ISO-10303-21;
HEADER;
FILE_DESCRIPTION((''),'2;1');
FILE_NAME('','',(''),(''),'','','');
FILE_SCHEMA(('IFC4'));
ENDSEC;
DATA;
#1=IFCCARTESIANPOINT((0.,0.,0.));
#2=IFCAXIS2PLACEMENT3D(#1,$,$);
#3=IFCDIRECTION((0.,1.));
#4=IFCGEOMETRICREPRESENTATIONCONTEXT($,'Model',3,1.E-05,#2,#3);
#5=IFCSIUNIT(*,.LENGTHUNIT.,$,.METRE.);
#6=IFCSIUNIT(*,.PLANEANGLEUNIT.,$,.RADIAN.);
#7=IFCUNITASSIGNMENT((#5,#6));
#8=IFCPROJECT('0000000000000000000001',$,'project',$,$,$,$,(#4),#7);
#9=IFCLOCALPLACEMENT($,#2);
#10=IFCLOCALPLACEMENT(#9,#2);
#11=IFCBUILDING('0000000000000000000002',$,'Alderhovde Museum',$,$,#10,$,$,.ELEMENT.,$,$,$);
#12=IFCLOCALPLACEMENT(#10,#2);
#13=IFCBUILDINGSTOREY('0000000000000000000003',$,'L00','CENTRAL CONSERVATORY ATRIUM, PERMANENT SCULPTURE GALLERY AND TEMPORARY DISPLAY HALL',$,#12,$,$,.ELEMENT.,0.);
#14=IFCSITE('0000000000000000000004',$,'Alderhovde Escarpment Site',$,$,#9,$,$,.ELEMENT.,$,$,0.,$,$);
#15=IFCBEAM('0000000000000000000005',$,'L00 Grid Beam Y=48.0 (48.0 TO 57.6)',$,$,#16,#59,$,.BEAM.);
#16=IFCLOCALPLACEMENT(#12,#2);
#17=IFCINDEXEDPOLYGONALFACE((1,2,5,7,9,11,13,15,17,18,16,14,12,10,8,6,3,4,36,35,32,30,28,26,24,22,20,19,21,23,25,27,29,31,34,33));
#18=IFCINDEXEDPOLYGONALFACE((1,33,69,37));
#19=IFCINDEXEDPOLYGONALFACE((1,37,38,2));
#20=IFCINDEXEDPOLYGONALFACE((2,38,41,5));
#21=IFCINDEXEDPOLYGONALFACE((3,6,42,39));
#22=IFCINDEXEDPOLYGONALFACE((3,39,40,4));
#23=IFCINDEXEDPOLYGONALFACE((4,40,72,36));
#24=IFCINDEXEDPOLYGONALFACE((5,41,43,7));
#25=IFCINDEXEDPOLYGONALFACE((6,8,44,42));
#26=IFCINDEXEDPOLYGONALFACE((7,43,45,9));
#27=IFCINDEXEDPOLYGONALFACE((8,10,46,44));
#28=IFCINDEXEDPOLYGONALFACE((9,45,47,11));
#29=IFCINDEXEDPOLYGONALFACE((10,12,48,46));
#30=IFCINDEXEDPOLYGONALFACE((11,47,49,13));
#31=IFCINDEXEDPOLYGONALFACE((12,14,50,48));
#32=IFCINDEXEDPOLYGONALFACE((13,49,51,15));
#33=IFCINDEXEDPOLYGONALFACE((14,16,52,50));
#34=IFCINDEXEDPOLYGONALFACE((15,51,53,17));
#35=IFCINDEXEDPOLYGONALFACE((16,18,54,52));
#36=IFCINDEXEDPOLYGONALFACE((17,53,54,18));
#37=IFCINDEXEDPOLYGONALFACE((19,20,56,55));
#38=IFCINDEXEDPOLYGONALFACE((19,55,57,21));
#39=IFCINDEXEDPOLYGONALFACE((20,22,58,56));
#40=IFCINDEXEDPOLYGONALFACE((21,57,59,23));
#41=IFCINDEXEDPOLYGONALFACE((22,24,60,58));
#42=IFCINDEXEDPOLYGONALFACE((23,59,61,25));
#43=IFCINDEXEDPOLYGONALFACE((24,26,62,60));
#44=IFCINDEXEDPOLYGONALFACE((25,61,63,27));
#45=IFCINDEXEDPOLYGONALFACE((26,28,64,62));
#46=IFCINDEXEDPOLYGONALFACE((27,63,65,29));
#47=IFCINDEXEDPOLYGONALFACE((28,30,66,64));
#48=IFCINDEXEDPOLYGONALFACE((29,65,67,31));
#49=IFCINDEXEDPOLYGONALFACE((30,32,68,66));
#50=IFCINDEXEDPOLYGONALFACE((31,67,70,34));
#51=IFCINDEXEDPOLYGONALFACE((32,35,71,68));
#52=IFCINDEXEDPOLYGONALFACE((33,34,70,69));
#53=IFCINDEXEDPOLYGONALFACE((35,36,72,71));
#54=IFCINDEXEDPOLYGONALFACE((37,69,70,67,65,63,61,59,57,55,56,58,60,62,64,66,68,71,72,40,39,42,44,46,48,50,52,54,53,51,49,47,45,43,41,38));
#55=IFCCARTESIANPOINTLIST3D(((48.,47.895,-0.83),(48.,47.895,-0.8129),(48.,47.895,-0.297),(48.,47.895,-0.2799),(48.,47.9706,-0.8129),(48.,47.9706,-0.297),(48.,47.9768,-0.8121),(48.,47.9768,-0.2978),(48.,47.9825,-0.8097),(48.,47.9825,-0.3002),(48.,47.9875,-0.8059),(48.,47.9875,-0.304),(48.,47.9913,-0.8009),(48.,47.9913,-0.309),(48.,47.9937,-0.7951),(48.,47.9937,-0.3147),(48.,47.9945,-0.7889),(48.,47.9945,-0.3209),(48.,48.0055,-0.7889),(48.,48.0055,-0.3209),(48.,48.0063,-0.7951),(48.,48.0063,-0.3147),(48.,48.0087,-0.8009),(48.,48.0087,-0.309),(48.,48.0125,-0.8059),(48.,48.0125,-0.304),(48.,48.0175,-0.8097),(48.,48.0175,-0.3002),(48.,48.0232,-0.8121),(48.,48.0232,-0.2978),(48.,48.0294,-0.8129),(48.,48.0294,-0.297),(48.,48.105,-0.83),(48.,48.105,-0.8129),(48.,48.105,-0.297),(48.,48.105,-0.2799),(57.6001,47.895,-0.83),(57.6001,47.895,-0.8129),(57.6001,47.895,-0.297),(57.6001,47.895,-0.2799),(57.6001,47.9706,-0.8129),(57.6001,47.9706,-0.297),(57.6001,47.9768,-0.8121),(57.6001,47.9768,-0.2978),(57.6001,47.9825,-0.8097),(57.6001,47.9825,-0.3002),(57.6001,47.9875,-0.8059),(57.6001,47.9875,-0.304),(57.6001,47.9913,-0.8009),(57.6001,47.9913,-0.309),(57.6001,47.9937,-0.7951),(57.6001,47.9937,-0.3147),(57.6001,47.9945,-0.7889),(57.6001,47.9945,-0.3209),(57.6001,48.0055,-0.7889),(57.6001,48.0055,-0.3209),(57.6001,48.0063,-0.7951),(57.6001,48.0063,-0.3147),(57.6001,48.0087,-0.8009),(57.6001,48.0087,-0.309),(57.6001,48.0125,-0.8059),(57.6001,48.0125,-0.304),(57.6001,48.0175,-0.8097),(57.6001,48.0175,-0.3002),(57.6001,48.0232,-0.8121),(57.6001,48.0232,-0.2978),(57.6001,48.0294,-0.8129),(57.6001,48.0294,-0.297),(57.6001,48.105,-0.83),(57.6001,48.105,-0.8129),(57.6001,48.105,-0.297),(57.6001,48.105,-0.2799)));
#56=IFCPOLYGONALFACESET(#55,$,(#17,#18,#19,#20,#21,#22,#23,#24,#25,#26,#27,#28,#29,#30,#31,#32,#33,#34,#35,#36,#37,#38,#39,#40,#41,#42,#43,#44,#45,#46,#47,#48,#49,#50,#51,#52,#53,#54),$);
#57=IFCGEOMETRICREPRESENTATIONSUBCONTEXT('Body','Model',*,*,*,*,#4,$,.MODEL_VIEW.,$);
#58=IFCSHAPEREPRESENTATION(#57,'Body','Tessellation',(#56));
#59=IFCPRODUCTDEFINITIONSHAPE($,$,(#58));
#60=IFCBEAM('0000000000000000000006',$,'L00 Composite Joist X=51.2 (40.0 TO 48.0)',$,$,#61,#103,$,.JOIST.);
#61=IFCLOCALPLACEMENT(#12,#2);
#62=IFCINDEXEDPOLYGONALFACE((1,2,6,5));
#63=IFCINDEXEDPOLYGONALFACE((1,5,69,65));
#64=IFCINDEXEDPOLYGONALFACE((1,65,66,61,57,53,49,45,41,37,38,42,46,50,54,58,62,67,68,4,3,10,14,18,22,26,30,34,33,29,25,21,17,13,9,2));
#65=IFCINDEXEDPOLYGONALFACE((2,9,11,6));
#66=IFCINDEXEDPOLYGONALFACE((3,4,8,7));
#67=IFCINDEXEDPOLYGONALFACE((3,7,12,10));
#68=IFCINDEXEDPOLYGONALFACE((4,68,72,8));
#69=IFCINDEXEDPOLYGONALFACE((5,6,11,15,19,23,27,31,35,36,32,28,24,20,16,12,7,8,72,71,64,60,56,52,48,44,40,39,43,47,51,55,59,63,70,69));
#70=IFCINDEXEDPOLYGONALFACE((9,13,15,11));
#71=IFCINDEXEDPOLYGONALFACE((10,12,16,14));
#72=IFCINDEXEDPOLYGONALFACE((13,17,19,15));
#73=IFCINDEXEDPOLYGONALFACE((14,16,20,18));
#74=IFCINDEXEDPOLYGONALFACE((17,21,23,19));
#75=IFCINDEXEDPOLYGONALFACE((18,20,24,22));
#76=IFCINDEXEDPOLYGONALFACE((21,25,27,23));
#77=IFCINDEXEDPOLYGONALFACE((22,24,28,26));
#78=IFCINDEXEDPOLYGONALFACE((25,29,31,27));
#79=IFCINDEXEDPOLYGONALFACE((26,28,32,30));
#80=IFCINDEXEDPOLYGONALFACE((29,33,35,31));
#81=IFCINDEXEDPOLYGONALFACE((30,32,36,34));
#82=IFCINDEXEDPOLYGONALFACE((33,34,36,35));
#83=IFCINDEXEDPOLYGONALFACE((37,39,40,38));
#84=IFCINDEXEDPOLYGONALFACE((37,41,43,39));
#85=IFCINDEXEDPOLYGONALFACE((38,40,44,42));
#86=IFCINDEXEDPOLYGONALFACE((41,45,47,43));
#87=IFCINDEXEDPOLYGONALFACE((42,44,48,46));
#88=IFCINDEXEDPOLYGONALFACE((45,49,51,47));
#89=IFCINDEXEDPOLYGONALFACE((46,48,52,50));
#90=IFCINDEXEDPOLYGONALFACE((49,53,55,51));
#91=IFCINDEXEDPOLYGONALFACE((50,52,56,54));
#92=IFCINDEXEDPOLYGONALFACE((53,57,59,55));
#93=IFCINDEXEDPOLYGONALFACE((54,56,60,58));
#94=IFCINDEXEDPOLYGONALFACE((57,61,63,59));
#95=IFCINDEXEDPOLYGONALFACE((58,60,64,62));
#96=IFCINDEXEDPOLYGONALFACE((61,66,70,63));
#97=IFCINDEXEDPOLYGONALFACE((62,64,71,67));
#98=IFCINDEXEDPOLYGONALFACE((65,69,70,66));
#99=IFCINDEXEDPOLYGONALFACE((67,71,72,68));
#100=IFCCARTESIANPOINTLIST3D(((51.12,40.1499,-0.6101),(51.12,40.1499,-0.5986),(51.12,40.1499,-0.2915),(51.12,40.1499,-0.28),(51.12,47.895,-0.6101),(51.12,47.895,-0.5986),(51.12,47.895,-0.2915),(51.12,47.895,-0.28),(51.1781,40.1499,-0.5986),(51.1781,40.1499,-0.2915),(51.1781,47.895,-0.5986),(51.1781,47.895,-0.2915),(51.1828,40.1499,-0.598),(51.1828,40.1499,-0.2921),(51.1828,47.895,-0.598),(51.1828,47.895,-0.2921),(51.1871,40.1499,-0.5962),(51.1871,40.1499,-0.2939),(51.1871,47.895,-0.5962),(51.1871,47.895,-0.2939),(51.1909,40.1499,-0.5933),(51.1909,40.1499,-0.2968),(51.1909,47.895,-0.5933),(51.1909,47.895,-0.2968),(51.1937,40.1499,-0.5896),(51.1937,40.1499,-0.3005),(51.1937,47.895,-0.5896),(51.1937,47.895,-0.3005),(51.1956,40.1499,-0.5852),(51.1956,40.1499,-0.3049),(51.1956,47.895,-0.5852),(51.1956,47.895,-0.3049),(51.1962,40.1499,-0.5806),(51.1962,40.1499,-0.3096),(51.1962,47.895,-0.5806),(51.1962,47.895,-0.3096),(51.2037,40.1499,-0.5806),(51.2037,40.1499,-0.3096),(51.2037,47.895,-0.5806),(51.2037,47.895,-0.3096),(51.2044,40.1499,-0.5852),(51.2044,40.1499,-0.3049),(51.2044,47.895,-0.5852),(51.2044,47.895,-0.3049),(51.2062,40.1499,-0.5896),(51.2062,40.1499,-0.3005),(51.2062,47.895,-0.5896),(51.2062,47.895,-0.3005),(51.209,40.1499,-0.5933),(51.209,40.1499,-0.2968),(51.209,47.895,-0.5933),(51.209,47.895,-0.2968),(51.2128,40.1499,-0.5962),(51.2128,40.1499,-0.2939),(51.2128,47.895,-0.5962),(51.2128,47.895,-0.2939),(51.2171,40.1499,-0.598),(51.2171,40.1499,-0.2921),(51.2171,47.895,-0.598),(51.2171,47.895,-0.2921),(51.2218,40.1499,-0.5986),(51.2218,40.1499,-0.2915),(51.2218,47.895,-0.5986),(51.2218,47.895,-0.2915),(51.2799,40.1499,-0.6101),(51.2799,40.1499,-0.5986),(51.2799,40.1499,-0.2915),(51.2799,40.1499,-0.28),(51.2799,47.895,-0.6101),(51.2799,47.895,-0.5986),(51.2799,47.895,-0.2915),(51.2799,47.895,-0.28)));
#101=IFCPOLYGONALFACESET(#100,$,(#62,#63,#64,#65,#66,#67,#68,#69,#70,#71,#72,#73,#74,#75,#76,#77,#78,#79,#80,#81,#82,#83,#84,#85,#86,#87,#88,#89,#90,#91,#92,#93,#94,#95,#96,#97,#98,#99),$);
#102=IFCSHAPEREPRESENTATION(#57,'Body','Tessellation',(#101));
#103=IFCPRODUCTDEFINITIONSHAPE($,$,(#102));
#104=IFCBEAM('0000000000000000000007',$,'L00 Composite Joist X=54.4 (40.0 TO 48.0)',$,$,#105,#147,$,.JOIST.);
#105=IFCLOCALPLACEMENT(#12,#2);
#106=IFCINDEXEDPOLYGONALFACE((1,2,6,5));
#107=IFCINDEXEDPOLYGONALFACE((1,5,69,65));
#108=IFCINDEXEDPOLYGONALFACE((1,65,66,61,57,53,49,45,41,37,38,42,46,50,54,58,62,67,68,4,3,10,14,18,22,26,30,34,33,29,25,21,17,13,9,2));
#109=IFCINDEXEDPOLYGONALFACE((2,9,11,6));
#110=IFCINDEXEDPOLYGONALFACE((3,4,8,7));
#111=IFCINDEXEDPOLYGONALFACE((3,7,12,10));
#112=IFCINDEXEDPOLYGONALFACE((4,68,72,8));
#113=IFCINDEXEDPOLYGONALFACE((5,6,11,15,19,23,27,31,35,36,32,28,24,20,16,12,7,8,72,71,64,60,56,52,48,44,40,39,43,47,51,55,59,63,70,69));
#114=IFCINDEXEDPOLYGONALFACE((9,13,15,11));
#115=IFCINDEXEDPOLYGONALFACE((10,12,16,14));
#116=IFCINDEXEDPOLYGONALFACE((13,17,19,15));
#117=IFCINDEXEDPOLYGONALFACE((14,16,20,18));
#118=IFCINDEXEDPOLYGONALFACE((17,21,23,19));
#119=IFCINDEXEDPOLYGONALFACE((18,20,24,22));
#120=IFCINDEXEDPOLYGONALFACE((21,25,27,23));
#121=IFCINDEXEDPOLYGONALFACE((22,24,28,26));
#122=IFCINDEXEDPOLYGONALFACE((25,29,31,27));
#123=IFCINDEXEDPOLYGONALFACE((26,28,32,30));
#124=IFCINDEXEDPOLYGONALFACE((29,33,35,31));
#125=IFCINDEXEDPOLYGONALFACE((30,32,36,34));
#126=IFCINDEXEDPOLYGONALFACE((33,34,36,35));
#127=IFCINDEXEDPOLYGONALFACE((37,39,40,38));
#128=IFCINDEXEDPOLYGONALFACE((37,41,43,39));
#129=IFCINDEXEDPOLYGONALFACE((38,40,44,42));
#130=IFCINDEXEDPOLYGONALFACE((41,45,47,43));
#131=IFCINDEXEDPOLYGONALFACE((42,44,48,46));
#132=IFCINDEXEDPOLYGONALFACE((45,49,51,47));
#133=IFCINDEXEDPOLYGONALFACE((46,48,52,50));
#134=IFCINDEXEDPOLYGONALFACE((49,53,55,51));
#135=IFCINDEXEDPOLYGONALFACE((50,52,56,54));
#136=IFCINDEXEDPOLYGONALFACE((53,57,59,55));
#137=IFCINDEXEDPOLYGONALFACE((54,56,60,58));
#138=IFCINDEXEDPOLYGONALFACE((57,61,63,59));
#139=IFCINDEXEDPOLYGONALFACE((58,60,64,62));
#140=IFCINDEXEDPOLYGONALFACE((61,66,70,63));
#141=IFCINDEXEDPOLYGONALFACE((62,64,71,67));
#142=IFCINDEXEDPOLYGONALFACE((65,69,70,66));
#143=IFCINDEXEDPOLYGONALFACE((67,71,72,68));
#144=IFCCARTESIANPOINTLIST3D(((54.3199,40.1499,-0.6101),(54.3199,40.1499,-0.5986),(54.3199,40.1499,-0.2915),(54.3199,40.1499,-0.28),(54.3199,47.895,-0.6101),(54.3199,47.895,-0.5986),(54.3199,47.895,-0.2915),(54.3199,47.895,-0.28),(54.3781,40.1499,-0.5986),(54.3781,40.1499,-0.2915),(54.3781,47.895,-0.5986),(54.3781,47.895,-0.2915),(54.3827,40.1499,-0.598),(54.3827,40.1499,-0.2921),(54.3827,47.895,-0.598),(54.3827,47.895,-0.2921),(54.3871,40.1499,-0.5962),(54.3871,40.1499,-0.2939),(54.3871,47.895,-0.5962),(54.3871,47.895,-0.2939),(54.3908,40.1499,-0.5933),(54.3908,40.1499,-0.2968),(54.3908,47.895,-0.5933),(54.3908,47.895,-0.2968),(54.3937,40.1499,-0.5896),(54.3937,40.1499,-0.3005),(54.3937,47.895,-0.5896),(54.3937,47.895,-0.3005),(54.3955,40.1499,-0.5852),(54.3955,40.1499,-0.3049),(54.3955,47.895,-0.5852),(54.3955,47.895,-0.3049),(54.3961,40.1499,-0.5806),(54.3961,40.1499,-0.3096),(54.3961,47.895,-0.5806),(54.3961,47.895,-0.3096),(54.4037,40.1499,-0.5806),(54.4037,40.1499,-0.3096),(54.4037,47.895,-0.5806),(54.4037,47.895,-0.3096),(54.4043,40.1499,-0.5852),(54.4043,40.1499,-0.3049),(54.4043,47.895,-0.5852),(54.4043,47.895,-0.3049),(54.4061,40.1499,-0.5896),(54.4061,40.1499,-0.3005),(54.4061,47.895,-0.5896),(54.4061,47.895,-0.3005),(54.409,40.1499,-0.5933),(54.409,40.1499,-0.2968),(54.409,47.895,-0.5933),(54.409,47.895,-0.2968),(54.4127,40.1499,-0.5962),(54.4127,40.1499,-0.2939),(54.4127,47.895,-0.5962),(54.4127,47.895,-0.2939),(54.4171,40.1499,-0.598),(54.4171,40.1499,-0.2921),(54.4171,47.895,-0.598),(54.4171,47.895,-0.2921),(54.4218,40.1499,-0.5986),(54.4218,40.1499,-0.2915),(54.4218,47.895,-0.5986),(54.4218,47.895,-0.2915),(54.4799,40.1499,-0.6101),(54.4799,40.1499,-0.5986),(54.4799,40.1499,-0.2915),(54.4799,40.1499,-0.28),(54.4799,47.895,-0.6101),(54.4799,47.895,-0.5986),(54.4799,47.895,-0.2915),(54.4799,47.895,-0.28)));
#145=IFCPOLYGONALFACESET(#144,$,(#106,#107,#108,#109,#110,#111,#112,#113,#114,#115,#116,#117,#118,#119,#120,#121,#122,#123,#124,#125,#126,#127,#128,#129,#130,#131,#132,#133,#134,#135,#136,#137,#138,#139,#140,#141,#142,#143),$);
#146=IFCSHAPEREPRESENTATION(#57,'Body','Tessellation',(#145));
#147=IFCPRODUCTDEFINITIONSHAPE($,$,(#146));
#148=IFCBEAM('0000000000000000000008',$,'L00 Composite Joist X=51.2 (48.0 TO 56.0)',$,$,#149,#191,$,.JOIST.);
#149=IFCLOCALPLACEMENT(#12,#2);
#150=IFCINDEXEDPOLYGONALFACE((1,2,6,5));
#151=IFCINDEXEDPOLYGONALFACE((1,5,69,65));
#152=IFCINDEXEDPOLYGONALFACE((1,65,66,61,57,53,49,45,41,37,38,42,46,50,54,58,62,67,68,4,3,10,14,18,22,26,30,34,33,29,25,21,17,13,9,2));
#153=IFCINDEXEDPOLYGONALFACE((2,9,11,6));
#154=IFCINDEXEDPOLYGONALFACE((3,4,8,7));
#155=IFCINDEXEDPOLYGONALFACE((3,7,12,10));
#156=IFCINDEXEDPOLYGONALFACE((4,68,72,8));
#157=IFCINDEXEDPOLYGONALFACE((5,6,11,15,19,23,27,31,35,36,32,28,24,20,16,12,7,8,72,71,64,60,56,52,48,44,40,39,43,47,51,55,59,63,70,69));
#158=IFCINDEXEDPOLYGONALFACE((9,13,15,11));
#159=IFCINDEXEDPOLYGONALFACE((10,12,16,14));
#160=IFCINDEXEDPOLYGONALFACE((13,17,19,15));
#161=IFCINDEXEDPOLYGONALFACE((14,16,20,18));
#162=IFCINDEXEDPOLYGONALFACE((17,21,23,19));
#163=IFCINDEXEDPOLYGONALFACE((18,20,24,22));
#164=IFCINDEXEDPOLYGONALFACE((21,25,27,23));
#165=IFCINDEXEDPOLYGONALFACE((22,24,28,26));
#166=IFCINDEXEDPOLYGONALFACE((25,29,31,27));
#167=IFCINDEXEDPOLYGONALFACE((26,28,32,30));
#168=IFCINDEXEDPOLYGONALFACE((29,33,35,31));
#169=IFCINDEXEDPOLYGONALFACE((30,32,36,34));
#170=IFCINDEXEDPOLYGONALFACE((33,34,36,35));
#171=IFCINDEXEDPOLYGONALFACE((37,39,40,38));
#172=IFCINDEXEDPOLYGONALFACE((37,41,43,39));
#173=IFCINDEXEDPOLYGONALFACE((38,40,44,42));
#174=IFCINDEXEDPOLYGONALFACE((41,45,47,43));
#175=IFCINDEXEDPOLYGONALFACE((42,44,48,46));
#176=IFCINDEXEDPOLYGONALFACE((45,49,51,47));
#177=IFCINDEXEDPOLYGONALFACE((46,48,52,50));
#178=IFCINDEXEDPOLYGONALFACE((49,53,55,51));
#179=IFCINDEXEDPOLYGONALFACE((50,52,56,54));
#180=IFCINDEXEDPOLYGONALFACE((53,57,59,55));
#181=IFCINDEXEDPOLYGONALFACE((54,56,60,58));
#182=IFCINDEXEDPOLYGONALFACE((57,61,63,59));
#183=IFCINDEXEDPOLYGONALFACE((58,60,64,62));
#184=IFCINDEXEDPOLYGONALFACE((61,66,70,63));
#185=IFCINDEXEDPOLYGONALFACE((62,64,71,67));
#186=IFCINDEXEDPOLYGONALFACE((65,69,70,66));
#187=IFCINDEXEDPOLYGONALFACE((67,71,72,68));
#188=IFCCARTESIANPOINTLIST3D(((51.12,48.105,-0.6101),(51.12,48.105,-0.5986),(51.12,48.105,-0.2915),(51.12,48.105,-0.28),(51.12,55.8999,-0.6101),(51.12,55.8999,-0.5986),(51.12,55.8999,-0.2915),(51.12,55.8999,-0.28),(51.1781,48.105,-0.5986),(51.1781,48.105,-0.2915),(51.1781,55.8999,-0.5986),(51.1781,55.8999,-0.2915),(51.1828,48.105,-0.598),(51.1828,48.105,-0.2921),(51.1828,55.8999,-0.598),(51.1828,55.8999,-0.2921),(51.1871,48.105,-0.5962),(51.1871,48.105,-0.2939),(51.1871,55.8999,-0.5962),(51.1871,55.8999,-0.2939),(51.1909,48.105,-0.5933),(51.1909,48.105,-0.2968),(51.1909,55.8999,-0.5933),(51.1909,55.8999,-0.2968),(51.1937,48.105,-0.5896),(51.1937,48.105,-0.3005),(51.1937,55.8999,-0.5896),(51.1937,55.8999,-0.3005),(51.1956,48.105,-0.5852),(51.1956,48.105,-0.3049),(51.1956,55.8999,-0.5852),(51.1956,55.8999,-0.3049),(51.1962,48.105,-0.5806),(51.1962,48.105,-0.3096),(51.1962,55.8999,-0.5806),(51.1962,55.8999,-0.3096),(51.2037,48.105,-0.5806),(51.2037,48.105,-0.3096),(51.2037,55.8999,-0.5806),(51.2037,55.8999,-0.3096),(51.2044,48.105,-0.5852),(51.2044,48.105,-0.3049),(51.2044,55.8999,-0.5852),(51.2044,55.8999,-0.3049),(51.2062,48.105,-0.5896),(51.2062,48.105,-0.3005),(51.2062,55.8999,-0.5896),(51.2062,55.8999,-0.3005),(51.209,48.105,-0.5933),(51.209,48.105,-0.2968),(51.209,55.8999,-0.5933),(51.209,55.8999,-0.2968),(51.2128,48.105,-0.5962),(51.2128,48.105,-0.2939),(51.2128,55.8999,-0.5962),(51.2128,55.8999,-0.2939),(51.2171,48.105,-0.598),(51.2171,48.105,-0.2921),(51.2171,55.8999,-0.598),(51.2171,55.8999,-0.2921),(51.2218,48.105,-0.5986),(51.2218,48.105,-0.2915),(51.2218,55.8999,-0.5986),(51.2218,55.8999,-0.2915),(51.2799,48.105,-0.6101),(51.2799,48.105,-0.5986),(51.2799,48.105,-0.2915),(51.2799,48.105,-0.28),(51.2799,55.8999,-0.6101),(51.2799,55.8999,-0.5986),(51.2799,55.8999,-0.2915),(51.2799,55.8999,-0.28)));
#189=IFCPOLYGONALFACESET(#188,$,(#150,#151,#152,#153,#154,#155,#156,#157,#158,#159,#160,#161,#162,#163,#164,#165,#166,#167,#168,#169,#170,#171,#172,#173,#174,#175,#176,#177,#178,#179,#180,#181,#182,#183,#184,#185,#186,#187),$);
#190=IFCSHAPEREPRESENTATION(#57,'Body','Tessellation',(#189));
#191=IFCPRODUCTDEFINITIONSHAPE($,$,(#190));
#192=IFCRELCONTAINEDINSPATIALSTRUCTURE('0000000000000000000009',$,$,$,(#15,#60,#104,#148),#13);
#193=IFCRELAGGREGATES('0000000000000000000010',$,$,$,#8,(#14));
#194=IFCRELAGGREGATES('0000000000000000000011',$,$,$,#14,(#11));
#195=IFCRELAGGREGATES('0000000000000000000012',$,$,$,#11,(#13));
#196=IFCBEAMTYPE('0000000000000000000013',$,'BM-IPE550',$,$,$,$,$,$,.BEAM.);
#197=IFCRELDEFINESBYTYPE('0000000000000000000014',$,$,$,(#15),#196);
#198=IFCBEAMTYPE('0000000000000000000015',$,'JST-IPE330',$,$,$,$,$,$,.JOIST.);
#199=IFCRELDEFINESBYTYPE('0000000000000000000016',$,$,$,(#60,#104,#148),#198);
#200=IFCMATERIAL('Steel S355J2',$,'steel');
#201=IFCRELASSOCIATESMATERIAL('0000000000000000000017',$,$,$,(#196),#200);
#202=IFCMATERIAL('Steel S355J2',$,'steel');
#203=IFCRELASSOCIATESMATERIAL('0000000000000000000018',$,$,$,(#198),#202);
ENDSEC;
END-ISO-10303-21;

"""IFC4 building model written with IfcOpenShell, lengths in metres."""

from ifc_helpers import new_model, si_unit, direction, frame, origin, origin_2d, place, context, subcontext, project, spatial, i_section, extrude, material, material_profile, profile_set, type_object, element, save


model = new_model("IFC4")

# Units and contexts
model_context = context("Model", 3, precision=1e-05, world=origin(), true_north=direction((0.0, 1.0)))
body_context = subcontext(model_context, "Body", "Model", "MODEL_VIEW")
ifc_project = project(units=[si_unit("LENGTHUNIT", "METRE"), si_unit("PLANEANGLEUNIT", "RADIAN")], contexts=[model_context])

# Site, building, storey
site_placement = place(None, origin())
site = spatial("IfcSite", under=ifc_project, at=site_placement, Name="Alderhovde Escarpment Site", CompositionType="ELEMENT", RefElevation=0.0)
building_placement = place(site_placement, origin())
building = spatial("IfcBuilding", under=site, at=building_placement, Name="Alderhovde Museum", CompositionType="ELEMENT")
storey_placement = place(building_placement, origin())
storey = spatial("IfcBuildingStorey", under=building, at=storey_placement, Name="L00", Description="CENTRAL CONSERVATORY ATRIUM, PERMANENT SCULPTURE GALLERY AND TEMPORARY DISPLAY HALL", CompositionType="ELEMENT", Elevation=0.0)

# Beams
ifc_material_1 = material(Name="Steel S355J2", Category="steel")
ifc_material_profile_1 = material_profile(ifc_material_1, i_section(OverallWidth=0.21, OverallDepth=0.55, WebThickness=0.011, FlangeThickness=0.0171, FilletRadius=0.0239, at=origin_2d()), Name="IPE 550")
ifc_profile_set_1 = profile_set([ifc_material_profile_1], Name="Steel S355J2")
beam_type_1 = type_object("IfcBeamType", Name="BM-IPE550", PredefinedType="BEAM", material=ifc_profile_set_1)
beam_1_placement = place(storey_placement, frame((48.0, 48.0, -0.5549), z_axis=(1.0, 0.0, 0.0), x_axis=(0.0, 1.0, 0.0)))
element("IfcBeam", 1, at=beam_1_placement, inside=storey, type_object=beam_type_1, Name="L00 Grid Beam Y=48.0 (48.0 TO 57.6)", PredefinedType="BEAM", context=body_context, shape_type="SweptSolid", body=[
    extrude(i_section(OverallWidth=0.21, OverallDepth=0.55, WebThickness=0.011, FlangeThickness=0.0171, FilletRadius=0.0239, at=origin_2d()), origin(), (0.0, 0.0, 1.0), 9.6001),
])
ifc_material_2 = material(Name="Steel S355J2", Category="steel")
ifc_material_profile_2 = material_profile(ifc_material_2, i_section(OverallWidth=0.1599, OverallDepth=0.3301, WebThickness=0.0076, FlangeThickness=0.0115, FilletRadius=0.0181, at=origin_2d()), Name="IPE 330")
ifc_profile_set_2 = profile_set([ifc_material_profile_2], Name="Steel S355J2")
beam_type_2 = type_object("IfcBeamType", Name="JST-IPE330", PredefinedType="JOIST", material=ifc_profile_set_2)
for number, where, z_axis, x_axis, name in (
    (2, (51.2, 40.1499, -0.4451), (0.0, 1.0, 0.0), (-1.0, 0.0, 0.0), "L00 Composite Joist X=51.2 (40.0 TO 48.0)"),
    (3, (54.3999, 40.1499, -0.4451), (0.0, 1.0, 0.0), (-1.0, 0.0, 0.0), "L00 Composite Joist X=54.4 (40.0 TO 48.0)"),
):
    element("IfcBeam", number, at=place(storey_placement, frame(where, z_axis=z_axis, x_axis=x_axis)), inside=storey, type_object=beam_type_2, Name=name, PredefinedType="JOIST", context=body_context, shape_type="SweptSolid", body=[
        extrude(i_section(OverallWidth=0.1599, OverallDepth=0.3301, WebThickness=0.0076, FlangeThickness=0.0115, FilletRadius=0.0181, at=origin_2d()), origin(), (0.0, 0.0, 1.0), 7.7451),
    ])
for number, where, z_axis, x_axis, name in (
    (4, (51.2, 48.105, -0.4451), (0.0, 1.0, 0.0), (-1.0, 0.0, 0.0), "L00 Composite Joist X=51.2 (48.0 TO 56.0)"),
):
    element("IfcBeam", number, at=place(storey_placement, frame(where, z_axis=z_axis, x_axis=x_axis)), inside=storey, type_object=beam_type_2, Name=name, PredefinedType="JOIST", context=body_context, shape_type="SweptSolid", body=[
        extrude(i_section(OverallWidth=0.1599, OverallDepth=0.3301, WebThickness=0.0076, FlangeThickness=0.0115, FilletRadius=0.0181, at=origin_2d()), origin(), (0.0, 0.0, 1.0), 7.7949),
    ])

save(model, "model.ifc")
